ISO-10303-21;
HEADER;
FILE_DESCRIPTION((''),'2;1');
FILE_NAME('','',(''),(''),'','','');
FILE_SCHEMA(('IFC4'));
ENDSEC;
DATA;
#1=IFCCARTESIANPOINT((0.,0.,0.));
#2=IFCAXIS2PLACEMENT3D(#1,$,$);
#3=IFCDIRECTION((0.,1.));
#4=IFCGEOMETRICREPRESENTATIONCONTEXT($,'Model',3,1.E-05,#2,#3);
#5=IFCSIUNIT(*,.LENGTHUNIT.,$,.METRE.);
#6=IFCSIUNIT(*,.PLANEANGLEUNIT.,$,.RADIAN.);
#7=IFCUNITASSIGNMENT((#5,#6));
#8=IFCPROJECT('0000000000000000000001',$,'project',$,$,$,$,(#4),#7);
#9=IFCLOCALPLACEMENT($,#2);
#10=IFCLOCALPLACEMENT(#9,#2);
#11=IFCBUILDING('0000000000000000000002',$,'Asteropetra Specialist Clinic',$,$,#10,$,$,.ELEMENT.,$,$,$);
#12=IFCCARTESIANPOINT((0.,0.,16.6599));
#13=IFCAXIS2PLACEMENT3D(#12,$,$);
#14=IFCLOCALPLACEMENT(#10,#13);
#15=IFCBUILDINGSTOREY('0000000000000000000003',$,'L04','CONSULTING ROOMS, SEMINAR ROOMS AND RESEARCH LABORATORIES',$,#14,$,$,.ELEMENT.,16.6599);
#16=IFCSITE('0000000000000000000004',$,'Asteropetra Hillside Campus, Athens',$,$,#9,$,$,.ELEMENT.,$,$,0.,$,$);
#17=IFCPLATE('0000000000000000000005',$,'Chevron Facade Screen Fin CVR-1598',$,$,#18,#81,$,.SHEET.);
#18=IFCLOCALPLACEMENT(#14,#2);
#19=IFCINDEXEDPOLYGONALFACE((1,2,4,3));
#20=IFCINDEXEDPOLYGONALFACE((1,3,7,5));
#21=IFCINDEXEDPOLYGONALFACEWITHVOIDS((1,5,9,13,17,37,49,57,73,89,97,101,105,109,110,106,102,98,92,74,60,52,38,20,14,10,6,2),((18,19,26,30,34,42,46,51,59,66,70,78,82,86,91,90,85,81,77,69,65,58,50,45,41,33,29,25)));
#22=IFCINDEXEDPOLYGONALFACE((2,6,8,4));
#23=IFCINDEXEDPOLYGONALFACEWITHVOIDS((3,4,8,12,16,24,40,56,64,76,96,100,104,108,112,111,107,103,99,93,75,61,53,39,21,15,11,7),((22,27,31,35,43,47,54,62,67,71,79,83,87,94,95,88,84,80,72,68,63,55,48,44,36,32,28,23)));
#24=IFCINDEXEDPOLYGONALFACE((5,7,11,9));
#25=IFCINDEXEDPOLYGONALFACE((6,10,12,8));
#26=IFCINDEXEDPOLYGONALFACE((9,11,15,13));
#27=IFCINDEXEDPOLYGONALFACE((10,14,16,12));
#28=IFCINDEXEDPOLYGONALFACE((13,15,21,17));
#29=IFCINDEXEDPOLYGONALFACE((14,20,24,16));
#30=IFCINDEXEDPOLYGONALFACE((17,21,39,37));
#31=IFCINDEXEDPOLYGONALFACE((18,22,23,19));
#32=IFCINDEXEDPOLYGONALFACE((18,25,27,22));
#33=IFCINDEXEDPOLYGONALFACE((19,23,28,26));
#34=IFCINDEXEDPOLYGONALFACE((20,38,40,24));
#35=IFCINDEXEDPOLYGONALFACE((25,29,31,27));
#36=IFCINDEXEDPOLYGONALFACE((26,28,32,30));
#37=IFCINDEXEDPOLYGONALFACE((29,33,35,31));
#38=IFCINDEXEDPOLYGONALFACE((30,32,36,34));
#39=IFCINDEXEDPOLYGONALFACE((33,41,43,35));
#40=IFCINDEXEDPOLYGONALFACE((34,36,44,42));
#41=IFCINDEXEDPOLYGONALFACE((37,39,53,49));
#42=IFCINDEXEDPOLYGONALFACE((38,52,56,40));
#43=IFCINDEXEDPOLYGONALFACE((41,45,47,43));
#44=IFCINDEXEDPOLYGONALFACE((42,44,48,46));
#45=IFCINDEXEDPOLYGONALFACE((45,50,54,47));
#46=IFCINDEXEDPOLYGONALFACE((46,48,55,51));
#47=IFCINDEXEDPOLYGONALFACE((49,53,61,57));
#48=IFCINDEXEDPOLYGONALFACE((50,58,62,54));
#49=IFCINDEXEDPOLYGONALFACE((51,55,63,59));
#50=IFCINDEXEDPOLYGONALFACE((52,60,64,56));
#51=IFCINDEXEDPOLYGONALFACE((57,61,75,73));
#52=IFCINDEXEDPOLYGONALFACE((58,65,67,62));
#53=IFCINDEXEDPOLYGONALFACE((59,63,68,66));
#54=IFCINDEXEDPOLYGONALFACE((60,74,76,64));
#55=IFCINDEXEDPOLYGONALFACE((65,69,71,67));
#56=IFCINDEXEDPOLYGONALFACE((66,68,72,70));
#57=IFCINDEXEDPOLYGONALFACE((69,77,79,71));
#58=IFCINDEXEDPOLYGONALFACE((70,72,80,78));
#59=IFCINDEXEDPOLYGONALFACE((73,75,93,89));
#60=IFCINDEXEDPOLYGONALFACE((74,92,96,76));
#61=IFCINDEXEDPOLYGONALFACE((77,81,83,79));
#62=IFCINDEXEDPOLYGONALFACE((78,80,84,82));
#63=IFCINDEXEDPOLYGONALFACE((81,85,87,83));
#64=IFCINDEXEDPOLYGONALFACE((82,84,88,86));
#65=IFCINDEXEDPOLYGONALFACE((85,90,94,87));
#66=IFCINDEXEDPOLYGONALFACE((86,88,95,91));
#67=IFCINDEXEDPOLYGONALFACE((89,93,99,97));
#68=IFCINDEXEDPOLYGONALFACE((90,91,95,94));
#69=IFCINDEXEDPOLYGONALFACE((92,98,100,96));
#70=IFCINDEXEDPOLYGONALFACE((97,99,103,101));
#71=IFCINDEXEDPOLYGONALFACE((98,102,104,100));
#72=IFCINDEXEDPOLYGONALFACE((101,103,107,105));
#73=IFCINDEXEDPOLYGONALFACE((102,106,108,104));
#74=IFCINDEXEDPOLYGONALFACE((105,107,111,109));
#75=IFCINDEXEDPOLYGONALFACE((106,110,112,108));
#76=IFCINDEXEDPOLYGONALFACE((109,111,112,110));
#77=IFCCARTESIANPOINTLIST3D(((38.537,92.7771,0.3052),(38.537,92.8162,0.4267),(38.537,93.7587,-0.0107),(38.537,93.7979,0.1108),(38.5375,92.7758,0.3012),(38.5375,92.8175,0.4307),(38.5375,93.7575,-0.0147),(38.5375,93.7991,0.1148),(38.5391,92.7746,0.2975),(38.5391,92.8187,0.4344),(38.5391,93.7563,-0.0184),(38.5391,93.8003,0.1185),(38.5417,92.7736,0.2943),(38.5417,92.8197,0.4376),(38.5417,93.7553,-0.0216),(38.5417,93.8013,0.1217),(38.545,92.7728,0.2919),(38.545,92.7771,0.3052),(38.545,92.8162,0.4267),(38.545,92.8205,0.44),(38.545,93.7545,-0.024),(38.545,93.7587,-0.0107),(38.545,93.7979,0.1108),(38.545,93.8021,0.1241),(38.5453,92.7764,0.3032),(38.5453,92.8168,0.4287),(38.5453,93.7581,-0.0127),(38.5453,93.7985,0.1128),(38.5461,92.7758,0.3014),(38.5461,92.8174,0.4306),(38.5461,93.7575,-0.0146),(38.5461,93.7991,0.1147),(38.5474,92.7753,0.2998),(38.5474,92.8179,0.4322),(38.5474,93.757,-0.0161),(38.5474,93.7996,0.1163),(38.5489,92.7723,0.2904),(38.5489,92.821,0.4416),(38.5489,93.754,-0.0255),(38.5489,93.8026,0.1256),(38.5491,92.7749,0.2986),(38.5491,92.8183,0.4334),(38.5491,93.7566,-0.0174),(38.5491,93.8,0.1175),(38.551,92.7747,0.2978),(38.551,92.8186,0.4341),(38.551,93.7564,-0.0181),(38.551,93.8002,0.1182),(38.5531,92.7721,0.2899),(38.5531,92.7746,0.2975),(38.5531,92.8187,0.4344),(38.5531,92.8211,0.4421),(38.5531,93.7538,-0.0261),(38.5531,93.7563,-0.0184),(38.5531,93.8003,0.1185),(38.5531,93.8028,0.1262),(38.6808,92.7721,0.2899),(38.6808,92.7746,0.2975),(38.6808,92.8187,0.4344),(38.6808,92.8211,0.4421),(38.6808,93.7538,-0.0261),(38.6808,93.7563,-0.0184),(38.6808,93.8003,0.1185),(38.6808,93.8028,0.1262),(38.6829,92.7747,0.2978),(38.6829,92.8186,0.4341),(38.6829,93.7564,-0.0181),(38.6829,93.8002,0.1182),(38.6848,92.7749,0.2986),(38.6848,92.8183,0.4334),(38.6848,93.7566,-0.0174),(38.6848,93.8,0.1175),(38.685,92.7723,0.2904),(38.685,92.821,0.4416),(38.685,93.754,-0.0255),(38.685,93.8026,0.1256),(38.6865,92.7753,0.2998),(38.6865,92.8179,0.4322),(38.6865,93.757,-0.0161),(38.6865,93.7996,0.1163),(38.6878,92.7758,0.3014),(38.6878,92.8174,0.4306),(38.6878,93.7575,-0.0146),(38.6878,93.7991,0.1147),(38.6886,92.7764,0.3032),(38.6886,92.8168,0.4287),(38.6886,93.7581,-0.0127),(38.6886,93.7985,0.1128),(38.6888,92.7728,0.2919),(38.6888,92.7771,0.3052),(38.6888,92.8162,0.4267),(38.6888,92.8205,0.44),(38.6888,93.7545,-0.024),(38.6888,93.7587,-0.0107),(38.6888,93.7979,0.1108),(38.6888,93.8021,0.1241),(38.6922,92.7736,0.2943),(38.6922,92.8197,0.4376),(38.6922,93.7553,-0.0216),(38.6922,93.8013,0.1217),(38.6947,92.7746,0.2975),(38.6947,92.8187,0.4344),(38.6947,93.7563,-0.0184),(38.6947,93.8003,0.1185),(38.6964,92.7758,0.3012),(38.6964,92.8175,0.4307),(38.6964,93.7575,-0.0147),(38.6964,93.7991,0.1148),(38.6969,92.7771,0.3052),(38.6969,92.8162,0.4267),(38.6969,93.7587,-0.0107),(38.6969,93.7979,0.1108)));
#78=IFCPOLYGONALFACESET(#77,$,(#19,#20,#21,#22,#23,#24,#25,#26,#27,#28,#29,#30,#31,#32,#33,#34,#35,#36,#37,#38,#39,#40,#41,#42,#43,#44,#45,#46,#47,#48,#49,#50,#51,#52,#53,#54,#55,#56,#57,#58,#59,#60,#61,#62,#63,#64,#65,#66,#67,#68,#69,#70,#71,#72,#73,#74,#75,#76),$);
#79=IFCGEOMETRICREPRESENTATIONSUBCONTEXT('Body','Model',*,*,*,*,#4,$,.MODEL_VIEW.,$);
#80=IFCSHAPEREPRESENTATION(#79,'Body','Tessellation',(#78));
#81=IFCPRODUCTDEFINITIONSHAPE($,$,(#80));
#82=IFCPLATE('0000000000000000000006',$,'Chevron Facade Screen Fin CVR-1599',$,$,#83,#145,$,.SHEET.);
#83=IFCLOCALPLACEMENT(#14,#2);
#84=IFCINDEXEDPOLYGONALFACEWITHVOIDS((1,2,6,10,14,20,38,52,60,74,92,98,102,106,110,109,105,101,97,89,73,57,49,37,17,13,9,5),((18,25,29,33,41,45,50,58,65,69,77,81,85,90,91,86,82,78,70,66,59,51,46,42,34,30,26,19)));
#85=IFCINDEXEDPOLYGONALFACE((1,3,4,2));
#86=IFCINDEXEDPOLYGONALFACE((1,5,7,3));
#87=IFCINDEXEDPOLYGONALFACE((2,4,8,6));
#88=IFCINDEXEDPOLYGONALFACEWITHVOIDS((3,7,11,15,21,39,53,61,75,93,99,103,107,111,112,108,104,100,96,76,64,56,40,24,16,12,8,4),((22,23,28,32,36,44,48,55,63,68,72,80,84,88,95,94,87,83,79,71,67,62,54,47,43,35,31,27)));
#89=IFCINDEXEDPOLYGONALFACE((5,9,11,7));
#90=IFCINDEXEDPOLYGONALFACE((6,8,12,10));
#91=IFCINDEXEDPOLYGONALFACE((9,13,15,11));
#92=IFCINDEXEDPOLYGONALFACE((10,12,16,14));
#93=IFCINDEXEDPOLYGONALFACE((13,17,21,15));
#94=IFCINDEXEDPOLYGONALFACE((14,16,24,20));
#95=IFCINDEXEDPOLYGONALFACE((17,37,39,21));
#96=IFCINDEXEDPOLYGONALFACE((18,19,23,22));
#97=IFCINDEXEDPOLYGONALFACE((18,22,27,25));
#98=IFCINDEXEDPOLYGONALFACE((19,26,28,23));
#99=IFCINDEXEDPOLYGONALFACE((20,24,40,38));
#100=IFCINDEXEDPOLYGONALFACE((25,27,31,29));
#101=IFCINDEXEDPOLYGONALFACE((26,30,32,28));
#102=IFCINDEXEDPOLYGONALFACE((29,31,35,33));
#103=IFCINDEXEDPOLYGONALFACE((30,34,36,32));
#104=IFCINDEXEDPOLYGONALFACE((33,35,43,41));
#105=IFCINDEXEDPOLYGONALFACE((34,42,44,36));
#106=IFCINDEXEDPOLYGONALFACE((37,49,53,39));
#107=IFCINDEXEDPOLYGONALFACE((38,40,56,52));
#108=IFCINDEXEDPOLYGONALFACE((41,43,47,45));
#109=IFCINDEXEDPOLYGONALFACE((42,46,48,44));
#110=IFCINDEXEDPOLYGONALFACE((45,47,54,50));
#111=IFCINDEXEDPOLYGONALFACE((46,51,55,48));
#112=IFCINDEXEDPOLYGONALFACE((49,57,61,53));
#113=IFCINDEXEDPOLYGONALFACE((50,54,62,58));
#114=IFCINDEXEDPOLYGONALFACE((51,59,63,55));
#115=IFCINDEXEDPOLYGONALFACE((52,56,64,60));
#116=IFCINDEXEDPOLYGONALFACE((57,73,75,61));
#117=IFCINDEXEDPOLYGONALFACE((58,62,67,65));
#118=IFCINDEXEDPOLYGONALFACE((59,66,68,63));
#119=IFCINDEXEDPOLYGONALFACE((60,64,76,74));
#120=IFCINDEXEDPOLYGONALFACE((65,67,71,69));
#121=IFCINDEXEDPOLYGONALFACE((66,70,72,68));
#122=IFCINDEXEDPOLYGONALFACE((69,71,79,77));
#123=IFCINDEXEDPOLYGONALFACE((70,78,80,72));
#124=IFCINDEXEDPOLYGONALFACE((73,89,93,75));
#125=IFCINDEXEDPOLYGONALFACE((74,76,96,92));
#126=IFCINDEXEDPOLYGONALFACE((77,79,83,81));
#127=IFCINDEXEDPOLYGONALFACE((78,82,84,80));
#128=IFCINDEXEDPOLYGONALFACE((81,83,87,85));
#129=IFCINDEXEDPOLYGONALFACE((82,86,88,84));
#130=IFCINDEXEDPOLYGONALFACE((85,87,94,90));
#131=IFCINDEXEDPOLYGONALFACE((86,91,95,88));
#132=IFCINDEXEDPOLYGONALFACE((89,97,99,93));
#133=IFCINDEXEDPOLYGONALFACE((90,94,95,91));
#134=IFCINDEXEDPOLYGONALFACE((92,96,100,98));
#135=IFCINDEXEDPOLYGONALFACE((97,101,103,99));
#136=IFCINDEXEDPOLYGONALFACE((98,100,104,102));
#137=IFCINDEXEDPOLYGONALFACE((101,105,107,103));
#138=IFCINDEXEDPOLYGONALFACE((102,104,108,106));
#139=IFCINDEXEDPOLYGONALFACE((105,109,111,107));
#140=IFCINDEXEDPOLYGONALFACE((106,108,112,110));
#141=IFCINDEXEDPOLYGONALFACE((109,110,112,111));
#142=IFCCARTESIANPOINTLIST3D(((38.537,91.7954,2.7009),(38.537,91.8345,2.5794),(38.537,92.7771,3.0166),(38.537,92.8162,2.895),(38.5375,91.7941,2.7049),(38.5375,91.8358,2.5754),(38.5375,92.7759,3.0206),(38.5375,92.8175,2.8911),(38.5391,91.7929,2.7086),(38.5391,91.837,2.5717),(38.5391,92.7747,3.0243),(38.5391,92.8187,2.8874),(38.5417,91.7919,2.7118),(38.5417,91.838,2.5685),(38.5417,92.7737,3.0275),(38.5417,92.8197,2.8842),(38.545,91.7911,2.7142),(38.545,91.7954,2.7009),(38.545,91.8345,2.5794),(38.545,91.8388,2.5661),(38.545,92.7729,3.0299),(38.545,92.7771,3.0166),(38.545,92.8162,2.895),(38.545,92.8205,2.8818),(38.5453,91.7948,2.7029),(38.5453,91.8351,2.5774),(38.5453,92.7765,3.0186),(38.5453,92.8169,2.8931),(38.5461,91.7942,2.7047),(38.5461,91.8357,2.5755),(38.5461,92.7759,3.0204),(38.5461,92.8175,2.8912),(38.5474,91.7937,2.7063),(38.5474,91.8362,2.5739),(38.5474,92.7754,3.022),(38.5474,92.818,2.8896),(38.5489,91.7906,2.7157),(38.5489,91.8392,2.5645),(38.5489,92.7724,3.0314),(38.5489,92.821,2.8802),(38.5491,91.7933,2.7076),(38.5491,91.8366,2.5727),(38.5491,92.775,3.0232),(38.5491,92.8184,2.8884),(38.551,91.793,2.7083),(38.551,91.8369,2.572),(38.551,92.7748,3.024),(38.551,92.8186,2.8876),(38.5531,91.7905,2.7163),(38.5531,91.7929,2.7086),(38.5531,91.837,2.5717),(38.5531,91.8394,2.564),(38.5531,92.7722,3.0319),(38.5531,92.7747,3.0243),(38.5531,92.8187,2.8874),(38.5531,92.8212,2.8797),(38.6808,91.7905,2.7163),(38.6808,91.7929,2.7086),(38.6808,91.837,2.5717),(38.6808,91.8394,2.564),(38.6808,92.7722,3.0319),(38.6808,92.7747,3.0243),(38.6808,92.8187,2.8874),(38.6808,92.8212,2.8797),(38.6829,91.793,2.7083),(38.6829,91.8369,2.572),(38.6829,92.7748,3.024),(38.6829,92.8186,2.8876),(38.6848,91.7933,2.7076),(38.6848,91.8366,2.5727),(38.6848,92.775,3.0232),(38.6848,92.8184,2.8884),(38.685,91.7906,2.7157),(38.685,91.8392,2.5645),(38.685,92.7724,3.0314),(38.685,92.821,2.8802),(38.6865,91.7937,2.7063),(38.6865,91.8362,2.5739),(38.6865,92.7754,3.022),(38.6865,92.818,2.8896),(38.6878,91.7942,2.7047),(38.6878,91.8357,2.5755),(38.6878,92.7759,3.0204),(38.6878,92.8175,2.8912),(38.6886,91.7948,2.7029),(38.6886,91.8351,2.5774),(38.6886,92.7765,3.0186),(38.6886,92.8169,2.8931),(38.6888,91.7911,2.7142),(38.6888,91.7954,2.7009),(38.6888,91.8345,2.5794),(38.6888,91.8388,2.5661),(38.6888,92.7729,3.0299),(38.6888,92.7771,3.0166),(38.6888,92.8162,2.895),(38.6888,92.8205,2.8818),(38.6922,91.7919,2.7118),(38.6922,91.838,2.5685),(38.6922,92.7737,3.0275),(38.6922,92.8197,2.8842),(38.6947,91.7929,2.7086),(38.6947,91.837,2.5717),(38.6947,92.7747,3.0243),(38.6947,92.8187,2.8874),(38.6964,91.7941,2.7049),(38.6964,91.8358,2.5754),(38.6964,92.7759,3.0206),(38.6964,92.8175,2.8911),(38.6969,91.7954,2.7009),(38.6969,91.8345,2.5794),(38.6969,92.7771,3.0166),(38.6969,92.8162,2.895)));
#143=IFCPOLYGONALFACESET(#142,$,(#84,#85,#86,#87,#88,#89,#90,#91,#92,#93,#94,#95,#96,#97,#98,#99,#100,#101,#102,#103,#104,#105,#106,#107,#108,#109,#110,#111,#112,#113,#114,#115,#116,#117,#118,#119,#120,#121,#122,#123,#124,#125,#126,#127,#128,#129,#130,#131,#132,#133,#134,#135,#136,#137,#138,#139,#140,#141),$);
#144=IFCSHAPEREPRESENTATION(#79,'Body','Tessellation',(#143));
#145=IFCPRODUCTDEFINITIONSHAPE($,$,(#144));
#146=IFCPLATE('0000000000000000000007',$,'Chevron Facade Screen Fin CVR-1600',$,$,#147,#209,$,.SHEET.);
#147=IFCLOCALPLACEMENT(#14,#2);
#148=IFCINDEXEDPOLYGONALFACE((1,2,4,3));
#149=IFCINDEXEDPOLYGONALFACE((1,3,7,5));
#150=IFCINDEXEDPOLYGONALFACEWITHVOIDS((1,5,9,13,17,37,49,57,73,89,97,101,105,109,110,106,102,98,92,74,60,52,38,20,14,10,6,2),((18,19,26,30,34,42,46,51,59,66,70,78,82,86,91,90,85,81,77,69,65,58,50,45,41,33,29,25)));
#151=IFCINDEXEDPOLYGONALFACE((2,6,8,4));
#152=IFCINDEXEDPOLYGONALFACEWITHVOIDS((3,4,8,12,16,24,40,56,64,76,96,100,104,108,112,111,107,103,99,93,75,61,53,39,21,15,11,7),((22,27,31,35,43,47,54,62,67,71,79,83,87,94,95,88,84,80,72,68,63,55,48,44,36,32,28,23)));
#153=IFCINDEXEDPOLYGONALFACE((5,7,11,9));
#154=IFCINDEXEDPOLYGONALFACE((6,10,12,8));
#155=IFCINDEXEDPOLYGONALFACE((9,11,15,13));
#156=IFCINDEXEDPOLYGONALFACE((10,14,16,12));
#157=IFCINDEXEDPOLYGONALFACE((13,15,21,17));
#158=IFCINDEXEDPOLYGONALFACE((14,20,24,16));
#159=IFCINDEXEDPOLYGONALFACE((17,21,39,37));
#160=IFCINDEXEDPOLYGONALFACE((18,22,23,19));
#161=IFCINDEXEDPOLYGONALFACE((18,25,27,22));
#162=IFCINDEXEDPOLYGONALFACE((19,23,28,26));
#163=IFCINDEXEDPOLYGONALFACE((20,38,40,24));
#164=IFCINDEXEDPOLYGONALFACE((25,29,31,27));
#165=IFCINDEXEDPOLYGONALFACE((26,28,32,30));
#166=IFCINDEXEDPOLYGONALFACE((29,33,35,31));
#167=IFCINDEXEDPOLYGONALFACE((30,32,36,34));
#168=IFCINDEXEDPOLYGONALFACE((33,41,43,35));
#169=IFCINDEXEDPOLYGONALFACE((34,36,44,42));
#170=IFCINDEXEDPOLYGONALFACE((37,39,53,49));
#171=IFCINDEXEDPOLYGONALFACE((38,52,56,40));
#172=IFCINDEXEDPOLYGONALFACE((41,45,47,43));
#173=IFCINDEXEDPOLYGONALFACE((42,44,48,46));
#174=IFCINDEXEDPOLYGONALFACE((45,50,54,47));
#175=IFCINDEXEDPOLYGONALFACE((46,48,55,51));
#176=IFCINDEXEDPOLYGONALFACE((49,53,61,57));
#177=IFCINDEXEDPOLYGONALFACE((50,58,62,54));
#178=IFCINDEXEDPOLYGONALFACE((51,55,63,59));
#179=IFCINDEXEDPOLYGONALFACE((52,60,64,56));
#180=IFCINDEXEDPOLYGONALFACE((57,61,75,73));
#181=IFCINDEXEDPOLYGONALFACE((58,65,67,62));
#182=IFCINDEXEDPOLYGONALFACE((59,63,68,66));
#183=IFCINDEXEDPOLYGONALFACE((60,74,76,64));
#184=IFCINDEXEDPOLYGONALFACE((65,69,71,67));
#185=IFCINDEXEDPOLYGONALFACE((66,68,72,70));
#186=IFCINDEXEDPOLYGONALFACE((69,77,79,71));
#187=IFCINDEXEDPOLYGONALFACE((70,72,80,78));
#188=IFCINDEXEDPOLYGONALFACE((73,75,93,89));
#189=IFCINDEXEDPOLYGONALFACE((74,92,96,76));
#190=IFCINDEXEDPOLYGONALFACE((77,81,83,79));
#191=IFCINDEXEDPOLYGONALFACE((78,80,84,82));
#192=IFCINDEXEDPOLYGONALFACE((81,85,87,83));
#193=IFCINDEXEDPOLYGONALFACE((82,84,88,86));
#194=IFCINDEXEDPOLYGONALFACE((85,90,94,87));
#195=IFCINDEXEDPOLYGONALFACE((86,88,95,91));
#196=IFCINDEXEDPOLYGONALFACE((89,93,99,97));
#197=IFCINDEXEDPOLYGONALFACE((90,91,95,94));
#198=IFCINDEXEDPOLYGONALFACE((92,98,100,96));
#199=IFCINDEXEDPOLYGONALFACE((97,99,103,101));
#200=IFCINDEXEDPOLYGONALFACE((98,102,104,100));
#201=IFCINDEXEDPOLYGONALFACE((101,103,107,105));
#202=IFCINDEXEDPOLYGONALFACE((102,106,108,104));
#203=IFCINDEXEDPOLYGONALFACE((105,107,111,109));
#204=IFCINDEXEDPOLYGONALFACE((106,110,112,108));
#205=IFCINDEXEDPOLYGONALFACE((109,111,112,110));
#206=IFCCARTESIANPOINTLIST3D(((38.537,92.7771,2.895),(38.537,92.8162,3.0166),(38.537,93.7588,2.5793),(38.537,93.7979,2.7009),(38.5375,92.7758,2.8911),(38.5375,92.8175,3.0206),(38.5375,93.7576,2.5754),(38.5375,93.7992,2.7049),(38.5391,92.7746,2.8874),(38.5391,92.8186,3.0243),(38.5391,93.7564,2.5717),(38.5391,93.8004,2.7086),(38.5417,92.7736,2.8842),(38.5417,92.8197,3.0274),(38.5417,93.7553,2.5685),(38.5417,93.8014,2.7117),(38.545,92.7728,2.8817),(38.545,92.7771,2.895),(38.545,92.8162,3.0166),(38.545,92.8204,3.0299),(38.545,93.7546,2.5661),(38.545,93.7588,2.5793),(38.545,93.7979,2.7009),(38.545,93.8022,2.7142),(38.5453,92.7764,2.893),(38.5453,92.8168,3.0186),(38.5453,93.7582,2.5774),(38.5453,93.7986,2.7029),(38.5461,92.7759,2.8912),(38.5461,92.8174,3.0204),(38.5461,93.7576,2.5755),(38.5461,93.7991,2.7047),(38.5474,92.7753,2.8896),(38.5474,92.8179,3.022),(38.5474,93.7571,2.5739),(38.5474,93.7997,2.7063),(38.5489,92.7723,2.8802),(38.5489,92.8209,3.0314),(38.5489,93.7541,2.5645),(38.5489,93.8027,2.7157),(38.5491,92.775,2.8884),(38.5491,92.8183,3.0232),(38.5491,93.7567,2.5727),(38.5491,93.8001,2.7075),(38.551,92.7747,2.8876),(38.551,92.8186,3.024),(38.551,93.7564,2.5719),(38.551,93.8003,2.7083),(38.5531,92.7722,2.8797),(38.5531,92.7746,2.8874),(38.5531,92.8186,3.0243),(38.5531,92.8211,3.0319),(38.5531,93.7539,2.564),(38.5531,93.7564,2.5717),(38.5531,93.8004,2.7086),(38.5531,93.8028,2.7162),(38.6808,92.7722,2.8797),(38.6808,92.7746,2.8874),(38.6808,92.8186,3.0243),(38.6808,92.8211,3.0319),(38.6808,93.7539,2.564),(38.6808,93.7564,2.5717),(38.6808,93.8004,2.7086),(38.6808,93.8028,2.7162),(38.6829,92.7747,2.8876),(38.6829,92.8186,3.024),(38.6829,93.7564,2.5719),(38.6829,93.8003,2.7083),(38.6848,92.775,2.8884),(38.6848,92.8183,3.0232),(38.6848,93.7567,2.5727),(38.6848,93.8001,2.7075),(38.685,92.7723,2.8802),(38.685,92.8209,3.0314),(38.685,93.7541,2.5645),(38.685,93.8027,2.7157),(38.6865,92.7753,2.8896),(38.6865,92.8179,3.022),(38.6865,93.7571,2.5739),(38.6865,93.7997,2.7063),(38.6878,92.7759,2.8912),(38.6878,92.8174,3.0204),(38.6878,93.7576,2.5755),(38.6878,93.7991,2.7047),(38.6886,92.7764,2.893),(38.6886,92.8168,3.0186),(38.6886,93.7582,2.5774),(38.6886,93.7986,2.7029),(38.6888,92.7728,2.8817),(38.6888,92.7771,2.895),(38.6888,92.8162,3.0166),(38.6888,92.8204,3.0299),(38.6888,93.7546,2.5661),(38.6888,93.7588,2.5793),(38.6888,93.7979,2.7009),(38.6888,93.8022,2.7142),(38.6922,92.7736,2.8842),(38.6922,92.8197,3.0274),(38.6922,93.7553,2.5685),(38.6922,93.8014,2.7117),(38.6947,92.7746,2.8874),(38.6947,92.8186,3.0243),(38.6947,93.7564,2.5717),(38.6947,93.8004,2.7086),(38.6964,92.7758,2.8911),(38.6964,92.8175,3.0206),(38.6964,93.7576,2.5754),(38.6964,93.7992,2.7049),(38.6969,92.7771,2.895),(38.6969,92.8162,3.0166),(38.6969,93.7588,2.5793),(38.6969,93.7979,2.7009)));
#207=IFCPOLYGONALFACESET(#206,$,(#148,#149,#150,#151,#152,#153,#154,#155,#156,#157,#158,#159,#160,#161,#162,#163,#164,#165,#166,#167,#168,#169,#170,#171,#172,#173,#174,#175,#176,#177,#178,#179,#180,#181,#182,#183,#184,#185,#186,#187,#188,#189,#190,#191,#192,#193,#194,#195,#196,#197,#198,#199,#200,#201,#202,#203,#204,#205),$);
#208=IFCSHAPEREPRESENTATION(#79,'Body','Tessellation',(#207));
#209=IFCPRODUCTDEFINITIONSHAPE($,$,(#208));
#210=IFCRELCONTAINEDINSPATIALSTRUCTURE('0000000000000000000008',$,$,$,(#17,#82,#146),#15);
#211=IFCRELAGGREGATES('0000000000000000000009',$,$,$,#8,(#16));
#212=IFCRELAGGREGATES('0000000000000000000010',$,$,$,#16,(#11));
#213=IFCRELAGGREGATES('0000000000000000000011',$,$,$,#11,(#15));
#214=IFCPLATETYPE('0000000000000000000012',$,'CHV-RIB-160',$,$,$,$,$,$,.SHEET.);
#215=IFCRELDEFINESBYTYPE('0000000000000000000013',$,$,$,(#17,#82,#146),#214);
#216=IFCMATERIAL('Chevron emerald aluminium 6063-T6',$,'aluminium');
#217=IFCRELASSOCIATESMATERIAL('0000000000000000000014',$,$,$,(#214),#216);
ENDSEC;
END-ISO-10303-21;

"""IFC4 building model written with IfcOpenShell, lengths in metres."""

from ifc_helpers import new_model, si_unit, direction, frame, origin, origin_2d, place, context, subcontext, project, spatial, hollow_rectangle, extrude, material, material_profile, profile_set, type_object, element, save


model = new_model("IFC4")

# Units and contexts
model_context = context("Model", 3, precision=1e-05, world=origin(), true_north=direction((0.0, 1.0)))
body_context = subcontext(model_context, "Body", "Model", "MODEL_VIEW")
ifc_project = project(units=[si_unit("LENGTHUNIT", "METRE"), si_unit("PLANEANGLEUNIT", "RADIAN")], contexts=[model_context])

# Site, building, storey
site_placement = place(None, origin())
site = spatial("IfcSite", under=ifc_project, at=site_placement, Name="Asteropetra Hillside Campus, Athens", CompositionType="ELEMENT", RefElevation=0.0)
building_placement = place(site_placement, origin())
building = spatial("IfcBuilding", under=site, at=building_placement, Name="Asteropetra Specialist Clinic", CompositionType="ELEMENT")
storey_placement = place(building_placement, frame((0.0, 0.0, 16.6599)))
storey = spatial("IfcBuildingStorey", under=building, at=storey_placement, Name="L04", Description="CONSULTING ROOMS, SEMINAR ROOMS AND RESEARCH LABORATORIES", CompositionType="ELEMENT", Elevation=16.6599)

# Plates
ifc_material_1 = material(Name="Chevron emerald aluminium 6063-T6", Category="aluminium")
ifc_material_profile = material_profile(ifc_material_1, hollow_rectangle(XDim=0.1599, YDim=0.1599, WallThickness=0.0081, InnerFilletRadius=0.0081, OuterFilletRadius=0.0161, at=origin_2d()), Name="SHS 160x160x8.0")
ifc_profile_set = profile_set([ifc_material_profile], Name="Chevron emerald aluminium 6063-T6")
plate_type = type_object("IfcPlateType", Name="CHV-RIB-160", PredefinedType="SHEET", material=ifc_profile_set)
for number, where, z_axis, x_axis, name in (
    (1, (38.6169, 92.7966, 0.366), (0.0, 0.951923, -0.306339), (-1.0, 0.0, 0.0), "Chevron Facade Screen Fin CVR-1598"),
    (2, (38.6169, 91.8149, 2.6401), (0.0, 0.951992, 0.306124), (-1.0, 0.0, 0.0), "Chevron Facade Screen Fin CVR-1599"),
    (3, (38.6169, 92.7966, 2.9558), (0.0, 0.951992, -0.306124), (-1.0, 0.0, 0.0), "Chevron Facade Screen Fin CVR-1600"),
):
    element("IfcPlate", number, at=place(storey_placement, frame(where, z_axis=z_axis, x_axis=x_axis)), inside=storey, type_object=plate_type, Name=name, PredefinedType="SHEET", context=body_context, shape_type="SweptSolid", body=[
        extrude(hollow_rectangle(XDim=0.1599, YDim=0.1599, WallThickness=0.0081, InnerFilletRadius=0.0081, OuterFilletRadius=0.0161, at=origin_2d()), origin(), (0.0, 0.0, 1.0), 1.0312),
    ])

save(model, "model.ifc")
